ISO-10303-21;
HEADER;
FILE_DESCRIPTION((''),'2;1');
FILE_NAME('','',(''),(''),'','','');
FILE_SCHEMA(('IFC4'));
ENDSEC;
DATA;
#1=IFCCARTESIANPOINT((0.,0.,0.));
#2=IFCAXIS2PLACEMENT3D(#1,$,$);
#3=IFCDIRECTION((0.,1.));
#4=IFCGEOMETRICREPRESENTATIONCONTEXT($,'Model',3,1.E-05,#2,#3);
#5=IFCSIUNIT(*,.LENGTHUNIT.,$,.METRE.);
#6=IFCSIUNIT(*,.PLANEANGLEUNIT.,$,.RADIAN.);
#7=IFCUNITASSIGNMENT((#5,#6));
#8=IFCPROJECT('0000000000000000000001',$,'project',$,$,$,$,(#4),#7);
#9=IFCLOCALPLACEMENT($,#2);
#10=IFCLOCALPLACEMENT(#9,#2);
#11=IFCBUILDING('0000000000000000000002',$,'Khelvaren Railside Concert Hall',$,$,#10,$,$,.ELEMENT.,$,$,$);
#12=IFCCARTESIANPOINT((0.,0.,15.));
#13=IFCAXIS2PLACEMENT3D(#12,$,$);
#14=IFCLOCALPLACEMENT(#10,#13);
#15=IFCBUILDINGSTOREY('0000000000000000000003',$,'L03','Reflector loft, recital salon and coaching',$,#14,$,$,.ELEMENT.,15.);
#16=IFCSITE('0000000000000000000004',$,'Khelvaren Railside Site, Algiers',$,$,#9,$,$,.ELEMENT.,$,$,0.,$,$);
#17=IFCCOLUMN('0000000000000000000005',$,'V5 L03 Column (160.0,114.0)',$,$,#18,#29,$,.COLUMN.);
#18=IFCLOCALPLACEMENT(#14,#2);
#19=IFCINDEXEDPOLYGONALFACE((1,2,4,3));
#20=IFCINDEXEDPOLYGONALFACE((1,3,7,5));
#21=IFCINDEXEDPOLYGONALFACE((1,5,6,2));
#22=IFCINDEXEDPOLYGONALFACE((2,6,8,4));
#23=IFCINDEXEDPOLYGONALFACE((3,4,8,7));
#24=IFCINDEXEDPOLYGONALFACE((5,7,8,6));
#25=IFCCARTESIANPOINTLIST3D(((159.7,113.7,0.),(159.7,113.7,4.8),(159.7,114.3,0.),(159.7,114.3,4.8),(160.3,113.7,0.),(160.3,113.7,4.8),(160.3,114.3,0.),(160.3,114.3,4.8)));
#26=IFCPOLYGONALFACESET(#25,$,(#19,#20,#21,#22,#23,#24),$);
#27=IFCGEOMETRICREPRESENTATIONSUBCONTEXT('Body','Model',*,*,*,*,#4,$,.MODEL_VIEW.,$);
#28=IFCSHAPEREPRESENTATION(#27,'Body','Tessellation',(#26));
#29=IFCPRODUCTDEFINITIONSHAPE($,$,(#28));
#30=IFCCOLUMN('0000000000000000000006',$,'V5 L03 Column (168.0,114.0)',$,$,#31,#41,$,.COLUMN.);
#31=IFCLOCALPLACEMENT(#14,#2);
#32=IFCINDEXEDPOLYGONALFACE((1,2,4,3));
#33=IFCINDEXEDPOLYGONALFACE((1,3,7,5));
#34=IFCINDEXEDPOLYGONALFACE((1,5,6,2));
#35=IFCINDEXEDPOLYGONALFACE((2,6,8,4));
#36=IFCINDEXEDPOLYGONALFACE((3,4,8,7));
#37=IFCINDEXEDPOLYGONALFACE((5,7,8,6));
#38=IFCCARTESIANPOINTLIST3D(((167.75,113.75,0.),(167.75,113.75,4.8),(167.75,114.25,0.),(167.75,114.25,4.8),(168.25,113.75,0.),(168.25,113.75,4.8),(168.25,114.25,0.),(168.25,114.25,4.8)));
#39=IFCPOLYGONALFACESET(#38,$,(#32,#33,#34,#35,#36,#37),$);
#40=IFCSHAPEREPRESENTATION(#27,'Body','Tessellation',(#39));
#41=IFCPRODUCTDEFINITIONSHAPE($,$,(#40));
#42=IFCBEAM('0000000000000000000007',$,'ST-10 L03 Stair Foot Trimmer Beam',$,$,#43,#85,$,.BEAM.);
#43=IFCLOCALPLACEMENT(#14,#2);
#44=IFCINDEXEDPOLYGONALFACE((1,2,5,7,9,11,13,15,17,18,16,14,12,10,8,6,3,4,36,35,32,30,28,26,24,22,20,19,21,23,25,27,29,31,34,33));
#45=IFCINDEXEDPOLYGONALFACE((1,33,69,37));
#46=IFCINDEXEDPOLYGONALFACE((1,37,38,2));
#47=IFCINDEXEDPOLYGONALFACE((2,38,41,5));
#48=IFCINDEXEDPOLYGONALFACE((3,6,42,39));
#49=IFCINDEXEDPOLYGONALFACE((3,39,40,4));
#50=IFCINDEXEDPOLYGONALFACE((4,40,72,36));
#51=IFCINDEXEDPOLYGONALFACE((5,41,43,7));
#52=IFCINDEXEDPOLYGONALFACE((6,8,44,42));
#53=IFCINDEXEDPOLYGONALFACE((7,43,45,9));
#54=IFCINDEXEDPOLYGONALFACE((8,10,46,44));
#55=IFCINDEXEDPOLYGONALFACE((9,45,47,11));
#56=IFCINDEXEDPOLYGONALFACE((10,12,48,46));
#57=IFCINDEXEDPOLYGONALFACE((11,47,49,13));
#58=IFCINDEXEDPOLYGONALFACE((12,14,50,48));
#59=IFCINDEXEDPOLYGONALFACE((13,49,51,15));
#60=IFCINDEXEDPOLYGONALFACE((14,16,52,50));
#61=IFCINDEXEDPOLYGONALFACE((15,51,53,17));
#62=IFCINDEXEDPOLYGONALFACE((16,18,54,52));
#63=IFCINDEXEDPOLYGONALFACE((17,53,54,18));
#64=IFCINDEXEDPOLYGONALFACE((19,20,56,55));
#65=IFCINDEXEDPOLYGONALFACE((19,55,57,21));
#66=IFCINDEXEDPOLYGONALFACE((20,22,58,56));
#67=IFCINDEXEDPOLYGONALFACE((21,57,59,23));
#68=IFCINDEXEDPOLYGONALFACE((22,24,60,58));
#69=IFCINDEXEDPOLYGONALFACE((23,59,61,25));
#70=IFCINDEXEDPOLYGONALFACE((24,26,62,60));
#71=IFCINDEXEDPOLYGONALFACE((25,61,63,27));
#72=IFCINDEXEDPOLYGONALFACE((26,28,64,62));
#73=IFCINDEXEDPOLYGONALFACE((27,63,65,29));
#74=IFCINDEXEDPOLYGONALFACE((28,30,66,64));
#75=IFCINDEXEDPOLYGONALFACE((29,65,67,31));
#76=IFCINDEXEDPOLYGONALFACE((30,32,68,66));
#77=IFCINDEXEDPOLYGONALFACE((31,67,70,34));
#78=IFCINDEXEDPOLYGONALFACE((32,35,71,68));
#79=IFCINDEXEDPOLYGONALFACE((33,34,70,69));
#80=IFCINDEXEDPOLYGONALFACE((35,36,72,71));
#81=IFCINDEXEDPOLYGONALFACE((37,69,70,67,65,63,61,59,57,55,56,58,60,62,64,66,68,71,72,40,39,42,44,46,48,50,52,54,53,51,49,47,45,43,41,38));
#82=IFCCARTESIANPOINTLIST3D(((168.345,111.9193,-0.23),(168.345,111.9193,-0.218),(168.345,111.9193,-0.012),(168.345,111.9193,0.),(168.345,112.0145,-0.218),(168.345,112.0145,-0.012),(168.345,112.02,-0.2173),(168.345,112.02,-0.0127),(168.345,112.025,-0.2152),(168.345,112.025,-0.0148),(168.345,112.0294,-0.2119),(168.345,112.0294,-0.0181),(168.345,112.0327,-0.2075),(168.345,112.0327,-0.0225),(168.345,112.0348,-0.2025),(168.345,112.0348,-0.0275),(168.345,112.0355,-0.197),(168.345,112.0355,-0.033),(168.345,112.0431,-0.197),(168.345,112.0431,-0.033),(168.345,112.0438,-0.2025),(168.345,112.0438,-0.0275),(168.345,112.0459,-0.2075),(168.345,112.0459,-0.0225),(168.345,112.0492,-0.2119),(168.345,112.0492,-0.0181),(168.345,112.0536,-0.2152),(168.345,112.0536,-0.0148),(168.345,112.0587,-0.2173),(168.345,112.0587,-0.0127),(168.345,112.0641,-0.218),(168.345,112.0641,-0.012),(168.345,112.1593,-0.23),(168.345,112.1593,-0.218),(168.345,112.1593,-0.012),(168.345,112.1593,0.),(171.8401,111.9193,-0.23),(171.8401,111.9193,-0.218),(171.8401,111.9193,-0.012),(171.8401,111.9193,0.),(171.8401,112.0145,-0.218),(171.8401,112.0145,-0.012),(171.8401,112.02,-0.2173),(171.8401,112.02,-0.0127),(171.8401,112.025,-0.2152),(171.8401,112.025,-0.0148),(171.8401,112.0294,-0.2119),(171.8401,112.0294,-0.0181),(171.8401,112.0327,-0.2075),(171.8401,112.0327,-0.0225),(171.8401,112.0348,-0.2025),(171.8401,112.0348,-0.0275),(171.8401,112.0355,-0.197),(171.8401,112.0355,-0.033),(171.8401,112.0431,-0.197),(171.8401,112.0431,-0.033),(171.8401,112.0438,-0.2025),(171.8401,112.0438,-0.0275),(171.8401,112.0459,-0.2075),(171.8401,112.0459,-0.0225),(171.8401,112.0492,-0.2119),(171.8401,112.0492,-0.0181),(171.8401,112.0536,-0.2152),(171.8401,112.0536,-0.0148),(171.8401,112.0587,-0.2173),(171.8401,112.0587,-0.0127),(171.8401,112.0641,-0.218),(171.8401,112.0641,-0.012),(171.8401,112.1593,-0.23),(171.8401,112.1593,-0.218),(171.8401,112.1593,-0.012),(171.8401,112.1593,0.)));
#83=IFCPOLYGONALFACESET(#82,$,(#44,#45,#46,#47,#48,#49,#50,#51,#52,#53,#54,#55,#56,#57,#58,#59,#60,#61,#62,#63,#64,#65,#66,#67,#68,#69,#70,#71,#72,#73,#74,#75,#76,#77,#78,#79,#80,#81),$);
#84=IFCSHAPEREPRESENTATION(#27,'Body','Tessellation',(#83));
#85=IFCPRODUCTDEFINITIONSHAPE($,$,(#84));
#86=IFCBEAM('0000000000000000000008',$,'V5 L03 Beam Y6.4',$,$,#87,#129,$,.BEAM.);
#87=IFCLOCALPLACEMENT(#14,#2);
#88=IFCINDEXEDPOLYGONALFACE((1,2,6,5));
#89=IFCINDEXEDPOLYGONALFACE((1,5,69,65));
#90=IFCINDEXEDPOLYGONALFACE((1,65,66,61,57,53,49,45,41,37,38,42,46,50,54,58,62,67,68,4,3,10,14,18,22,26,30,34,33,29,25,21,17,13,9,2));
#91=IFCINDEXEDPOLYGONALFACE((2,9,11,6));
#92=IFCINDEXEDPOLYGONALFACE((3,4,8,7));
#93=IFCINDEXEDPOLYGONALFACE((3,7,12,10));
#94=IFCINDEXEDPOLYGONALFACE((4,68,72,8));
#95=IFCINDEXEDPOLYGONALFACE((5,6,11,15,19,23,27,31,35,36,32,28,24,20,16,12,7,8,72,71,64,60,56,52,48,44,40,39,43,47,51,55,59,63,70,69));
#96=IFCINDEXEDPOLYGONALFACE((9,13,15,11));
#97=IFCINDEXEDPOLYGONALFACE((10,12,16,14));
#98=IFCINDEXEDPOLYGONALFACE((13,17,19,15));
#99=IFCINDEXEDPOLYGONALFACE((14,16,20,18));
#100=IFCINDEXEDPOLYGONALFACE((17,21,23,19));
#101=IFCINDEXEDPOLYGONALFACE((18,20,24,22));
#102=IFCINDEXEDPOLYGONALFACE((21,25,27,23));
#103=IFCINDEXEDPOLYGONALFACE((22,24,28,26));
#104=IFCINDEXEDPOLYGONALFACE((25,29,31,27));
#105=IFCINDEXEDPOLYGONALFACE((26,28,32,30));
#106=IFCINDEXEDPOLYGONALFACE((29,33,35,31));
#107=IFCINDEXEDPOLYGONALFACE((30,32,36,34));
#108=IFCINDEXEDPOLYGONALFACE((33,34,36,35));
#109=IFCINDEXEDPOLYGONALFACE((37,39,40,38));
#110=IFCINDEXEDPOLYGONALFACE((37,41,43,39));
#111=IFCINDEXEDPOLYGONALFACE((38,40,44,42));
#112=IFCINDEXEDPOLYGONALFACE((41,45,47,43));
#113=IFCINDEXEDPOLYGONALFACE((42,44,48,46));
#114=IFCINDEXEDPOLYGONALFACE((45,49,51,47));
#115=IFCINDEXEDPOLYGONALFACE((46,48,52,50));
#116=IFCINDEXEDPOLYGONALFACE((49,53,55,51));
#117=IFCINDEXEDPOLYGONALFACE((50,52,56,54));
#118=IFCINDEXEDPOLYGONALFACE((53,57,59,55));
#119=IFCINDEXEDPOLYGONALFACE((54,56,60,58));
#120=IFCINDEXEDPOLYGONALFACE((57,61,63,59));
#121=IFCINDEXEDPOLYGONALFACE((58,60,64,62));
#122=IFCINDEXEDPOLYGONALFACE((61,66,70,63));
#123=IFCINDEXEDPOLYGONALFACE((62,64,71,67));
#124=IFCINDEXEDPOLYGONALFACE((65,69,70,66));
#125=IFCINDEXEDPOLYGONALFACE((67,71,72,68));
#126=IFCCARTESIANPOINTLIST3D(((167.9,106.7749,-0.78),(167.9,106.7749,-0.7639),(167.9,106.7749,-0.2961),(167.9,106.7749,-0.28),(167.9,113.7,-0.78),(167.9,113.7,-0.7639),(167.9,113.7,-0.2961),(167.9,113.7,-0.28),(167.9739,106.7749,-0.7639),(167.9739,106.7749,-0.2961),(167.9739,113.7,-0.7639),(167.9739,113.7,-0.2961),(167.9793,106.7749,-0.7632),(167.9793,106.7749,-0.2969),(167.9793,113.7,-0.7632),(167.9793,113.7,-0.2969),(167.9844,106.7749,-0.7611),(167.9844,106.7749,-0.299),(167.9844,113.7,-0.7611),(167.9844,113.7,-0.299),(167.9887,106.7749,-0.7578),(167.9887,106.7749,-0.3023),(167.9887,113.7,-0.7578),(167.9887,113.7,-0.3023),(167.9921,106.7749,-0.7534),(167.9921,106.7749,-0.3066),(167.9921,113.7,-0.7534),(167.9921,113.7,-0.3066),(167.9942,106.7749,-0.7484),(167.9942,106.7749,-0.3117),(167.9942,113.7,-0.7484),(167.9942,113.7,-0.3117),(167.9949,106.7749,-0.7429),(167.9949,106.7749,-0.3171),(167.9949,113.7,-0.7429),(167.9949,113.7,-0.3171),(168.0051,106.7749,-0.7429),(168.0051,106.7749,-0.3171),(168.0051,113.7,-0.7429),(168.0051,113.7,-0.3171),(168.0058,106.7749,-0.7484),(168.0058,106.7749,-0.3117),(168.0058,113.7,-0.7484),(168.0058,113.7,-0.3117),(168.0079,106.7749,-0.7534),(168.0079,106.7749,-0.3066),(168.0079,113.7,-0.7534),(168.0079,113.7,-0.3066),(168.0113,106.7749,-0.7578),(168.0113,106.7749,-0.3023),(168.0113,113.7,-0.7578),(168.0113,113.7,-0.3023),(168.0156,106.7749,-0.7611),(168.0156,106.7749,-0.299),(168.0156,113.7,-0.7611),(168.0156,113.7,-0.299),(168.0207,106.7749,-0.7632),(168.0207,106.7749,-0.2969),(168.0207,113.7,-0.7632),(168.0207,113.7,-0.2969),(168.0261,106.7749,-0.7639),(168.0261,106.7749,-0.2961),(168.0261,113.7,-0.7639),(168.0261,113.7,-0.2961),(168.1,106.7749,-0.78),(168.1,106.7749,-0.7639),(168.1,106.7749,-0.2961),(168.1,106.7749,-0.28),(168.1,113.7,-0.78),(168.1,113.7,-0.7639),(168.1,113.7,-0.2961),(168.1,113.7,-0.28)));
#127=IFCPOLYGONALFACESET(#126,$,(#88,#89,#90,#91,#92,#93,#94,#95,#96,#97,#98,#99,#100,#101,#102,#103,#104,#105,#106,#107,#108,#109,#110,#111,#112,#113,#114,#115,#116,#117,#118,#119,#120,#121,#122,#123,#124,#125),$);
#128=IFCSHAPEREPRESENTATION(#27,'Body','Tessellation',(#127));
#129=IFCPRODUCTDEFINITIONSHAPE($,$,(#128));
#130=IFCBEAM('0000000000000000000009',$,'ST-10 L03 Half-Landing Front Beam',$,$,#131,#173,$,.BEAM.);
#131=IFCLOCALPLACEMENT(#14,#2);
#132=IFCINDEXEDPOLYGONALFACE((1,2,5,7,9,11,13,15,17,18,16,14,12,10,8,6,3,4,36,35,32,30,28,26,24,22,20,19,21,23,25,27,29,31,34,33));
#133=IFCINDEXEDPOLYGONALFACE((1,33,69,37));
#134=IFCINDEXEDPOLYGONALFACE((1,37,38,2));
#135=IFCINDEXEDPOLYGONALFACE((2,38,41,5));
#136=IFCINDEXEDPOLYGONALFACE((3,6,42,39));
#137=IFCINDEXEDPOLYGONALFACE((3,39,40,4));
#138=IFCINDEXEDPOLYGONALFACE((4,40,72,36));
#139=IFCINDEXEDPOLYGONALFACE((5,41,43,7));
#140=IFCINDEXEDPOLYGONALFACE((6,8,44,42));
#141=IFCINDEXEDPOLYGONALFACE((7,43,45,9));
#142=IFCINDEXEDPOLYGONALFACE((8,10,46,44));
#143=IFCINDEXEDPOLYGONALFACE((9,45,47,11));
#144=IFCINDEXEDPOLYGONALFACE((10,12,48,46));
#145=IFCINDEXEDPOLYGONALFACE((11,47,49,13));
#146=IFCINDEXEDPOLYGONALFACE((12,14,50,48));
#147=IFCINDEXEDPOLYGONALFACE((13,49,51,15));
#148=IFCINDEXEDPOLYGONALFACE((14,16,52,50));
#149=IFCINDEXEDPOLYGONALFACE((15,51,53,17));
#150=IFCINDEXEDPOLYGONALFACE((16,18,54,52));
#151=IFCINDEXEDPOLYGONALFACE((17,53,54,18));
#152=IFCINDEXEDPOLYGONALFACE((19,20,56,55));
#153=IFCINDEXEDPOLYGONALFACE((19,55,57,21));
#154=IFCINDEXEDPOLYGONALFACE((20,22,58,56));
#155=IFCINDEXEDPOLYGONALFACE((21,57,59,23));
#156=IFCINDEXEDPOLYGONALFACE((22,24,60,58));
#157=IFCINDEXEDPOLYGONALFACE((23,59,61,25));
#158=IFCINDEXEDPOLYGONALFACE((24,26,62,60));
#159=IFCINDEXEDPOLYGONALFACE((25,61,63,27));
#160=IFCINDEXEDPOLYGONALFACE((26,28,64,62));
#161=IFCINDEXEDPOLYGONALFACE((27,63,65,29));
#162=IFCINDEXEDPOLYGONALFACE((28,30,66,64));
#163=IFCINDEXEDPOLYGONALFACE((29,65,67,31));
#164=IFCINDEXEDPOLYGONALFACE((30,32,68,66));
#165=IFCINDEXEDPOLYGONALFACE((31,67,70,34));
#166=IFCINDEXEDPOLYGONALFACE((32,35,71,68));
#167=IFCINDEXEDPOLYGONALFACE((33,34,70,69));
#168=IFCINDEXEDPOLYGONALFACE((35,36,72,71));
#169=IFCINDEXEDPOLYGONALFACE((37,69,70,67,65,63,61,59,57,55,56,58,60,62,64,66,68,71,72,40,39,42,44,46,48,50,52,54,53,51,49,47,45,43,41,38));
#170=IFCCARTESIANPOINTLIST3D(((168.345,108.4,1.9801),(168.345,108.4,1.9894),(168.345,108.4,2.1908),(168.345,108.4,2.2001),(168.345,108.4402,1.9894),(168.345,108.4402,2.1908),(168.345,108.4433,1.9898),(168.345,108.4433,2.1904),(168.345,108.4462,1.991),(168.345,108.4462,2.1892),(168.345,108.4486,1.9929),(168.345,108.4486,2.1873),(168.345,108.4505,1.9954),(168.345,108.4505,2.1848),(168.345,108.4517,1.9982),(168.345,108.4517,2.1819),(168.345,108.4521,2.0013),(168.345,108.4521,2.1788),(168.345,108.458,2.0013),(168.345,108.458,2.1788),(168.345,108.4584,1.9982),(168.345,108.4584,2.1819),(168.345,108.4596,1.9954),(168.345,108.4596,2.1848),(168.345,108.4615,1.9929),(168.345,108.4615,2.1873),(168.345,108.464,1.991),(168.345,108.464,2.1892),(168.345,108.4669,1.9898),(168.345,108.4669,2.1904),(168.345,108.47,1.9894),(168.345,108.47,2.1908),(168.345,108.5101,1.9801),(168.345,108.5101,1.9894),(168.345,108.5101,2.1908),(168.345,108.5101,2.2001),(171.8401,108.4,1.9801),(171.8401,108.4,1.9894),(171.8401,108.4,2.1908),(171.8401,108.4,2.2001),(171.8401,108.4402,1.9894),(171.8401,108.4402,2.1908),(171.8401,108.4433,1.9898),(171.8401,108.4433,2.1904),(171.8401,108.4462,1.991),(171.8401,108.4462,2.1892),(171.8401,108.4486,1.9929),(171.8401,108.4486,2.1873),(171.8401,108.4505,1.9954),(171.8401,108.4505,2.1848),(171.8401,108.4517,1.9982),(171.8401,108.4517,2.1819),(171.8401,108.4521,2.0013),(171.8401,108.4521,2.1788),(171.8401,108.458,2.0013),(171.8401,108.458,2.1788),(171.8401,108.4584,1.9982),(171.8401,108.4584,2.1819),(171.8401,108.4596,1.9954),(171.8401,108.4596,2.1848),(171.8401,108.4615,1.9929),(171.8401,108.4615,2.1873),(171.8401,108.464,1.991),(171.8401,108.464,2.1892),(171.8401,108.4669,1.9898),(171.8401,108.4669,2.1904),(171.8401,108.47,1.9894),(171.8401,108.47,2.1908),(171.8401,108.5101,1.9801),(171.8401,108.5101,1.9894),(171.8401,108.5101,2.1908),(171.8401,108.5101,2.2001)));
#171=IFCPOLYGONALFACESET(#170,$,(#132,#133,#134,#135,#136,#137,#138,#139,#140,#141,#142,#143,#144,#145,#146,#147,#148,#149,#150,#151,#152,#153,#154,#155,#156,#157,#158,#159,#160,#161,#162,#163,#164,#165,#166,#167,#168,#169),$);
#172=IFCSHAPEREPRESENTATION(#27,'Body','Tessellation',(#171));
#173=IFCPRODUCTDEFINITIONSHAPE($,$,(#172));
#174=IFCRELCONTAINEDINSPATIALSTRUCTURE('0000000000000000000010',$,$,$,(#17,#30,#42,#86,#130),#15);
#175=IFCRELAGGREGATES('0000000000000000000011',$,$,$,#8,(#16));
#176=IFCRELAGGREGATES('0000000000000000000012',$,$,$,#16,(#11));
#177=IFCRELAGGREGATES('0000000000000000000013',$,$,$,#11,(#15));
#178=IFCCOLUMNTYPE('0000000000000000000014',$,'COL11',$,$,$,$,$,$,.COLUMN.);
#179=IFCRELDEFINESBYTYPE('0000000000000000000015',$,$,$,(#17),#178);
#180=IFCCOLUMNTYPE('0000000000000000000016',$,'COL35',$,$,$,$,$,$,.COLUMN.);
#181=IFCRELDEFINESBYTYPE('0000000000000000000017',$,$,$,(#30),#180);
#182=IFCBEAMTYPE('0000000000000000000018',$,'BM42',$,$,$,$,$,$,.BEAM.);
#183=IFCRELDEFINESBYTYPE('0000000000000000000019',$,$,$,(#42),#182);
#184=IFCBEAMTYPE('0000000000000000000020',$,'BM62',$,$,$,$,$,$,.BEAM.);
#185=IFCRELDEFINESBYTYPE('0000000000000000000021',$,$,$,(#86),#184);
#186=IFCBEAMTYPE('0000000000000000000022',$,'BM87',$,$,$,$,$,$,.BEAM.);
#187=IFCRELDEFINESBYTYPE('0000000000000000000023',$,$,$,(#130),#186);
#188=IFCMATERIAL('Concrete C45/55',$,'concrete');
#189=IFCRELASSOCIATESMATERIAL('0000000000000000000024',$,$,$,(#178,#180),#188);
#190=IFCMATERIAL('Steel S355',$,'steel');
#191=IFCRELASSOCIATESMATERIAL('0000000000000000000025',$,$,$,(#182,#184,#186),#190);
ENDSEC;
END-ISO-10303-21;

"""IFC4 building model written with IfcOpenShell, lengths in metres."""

from ifc_helpers import new_model, si_unit, direction, frame, origin, origin_2d, place, context, subcontext, project, spatial, rectangle, i_section, extrude, material, material_profile, profile_set, type_object, element, save


model = new_model("IFC4")

# Units and contexts
model_context = context("Model", 3, precision=1e-05, world=origin(), true_north=direction((0.0, 1.0)))
body_context = subcontext(model_context, "Body", "Model", "MODEL_VIEW")
ifc_project = project(units=[si_unit("LENGTHUNIT", "METRE"), si_unit("PLANEANGLEUNIT", "RADIAN")], contexts=[model_context])

# Site, building, storey
site_placement = place(None, origin())
site = spatial("IfcSite", under=ifc_project, at=site_placement, Name="Khelvaren Railside Site, Algiers", CompositionType="ELEMENT", RefElevation=0.0)
building_placement = place(site_placement, origin())
building = spatial("IfcBuilding", under=site, at=building_placement, Name="Khelvaren Railside Concert Hall", CompositionType="ELEMENT")
storey_placement = place(building_placement, frame((0.0, 0.0, 15.0)))
storey = spatial("IfcBuildingStorey", under=building, at=storey_placement, Name="L03", Description="Reflector loft, recital salon and coaching", CompositionType="ELEMENT", Elevation=15.0)

# Columns
ifc_material_1 = material(Name="Concrete C45/55", Category="concrete")
ifc_material_profile_1 = material_profile(ifc_material_1, rectangle(XDim=0.6001, YDim=0.6001, at=origin_2d()), Name="RC 600x600")
ifc_profile_set_1 = profile_set([ifc_material_profile_1], Name="Concrete C45/55")
column_type_1 = type_object("IfcColumnType", Name="COL11", PredefinedType="COLUMN", material=ifc_profile_set_1)
column_1_placement = place(storey_placement, frame((160.0, 114.0, 0.0), z_axis=(0.0, 0.0, 1.0), x_axis=(1.0, 0.0, 0.0)))
element("IfcColumn", 1, at=column_1_placement, inside=storey, type_object=column_type_1, Name="V5 L03 Column (160.0,114.0)", PredefinedType="COLUMN", context=body_context, shape_type="SweptSolid", body=[
    extrude(rectangle(XDim=0.6001, YDim=0.6001, at=origin_2d()), origin(), (0.0, 0.0, 1.0), 4.8),
])
ifc_material_profile_2 = material_profile(ifc_material_1, rectangle(XDim=0.5, YDim=0.5, at=origin_2d()), Name="RC 500x500")
ifc_profile_set_2 = profile_set([ifc_material_profile_2], Name="Concrete C45/55")
column_type_2 = type_object("IfcColumnType", Name="COL35", PredefinedType="COLUMN", material=ifc_profile_set_2)
column_2_placement = place(storey_placement, frame((168.0, 114.0, 0.0), z_axis=(0.0, 0.0, 1.0), x_axis=(1.0, 0.0, 0.0)))
element("IfcColumn", 2, at=column_2_placement, inside=storey, type_object=column_type_2, Name="V5 L03 Column (168.0,114.0)", PredefinedType="COLUMN", context=body_context, shape_type="SweptSolid", body=[
    extrude(rectangle(XDim=0.5, YDim=0.5, at=origin_2d()), origin(), (0.0, 0.0, 1.0), 4.8),
])

# Beams
ifc_material_2 = material(Name="Steel S355", Category="steel")
ifc_material_profile_3 = material_profile(ifc_material_2, i_section(OverallWidth=0.24, OverallDepth=0.23, WebThickness=0.0076, FlangeThickness=0.012, FilletRadius=0.021, at=origin_2d()), Name="HEA 240")
ifc_profile_set_3 = profile_set([ifc_material_profile_3], Name="Steel S355")
beam_type_1 = type_object("IfcBeamType", Name="BM42", PredefinedType="BEAM", material=ifc_profile_set_3)
beam_1_placement = place(storey_placement, frame((168.345, 112.0393, -0.115), z_axis=(1.0, 0.0, 0.0), x_axis=(0.0, 1.0, 0.0)))
element("IfcBeam", 3, at=beam_1_placement, inside=storey, type_object=beam_type_1, Name="ST-10 L03 Stair Foot Trimmer Beam", PredefinedType="BEAM", context=body_context, shape_type="SweptSolid", body=[
    extrude(i_section(OverallWidth=0.24, OverallDepth=0.23, WebThickness=0.0076, FlangeThickness=0.012, FilletRadius=0.021, at=origin_2d()), origin(), (0.0, 0.0, 1.0), 3.4951),
])
ifc_material_profile_4 = material_profile(ifc_material_2, i_section(OverallWidth=0.2, OverallDepth=0.5, WebThickness=0.0103, FlangeThickness=0.0161, FilletRadius=0.021, at=origin_2d()), Name="IPE 500")
ifc_profile_set_4 = profile_set([ifc_material_profile_4], Name="Steel S355")
beam_type_2 = type_object("IfcBeamType", Name="BM62", PredefinedType="BEAM", material=ifc_profile_set_4)
beam_2_placement = place(storey_placement, frame((168.0, 106.7749, -0.53), z_axis=(0.0, 1.0, 0.0), x_axis=(-1.0, 0.0, 0.0)))
element("IfcBeam", 4, at=beam_2_placement, inside=storey, type_object=beam_type_2, Name="V5 L03 Beam Y6.4", PredefinedType="BEAM", context=body_context, shape_type="SweptSolid", body=[
    extrude(i_section(OverallWidth=0.2, OverallDepth=0.5, WebThickness=0.0103, FlangeThickness=0.0161, FilletRadius=0.021, at=origin_2d()), origin(), (0.0, 0.0, 1.0), 6.925),
])
ifc_material_profile_5 = material_profile(ifc_material_2, i_section(OverallWidth=0.1101, OverallDepth=0.22, WebThickness=0.0059, FlangeThickness=0.0093, FilletRadius=0.012, at=origin_2d()), Name="IPE 220")
ifc_profile_set_5 = profile_set([ifc_material_profile_5], Name="Steel S355")
beam_type_3 = type_object("IfcBeamType", Name="BM87", PredefinedType="BEAM", material=ifc_profile_set_5)
beam_3_placement = place(storey_placement, frame((168.345, 108.4551, 2.0901), z_axis=(1.0, 0.0, 0.0), x_axis=(0.0, 1.0, 0.0)))
element("IfcBeam", 5, at=beam_3_placement, inside=storey, type_object=beam_type_3, Name="ST-10 L03 Half-Landing Front Beam", PredefinedType="BEAM", context=body_context, shape_type="SweptSolid", body=[
    extrude(i_section(OverallWidth=0.1101, OverallDepth=0.22, WebThickness=0.0059, FlangeThickness=0.0093, FilletRadius=0.012, at=origin_2d()), origin(), (0.0, 0.0, 1.0), 3.4951),
])

save(model, "model.ifc")
